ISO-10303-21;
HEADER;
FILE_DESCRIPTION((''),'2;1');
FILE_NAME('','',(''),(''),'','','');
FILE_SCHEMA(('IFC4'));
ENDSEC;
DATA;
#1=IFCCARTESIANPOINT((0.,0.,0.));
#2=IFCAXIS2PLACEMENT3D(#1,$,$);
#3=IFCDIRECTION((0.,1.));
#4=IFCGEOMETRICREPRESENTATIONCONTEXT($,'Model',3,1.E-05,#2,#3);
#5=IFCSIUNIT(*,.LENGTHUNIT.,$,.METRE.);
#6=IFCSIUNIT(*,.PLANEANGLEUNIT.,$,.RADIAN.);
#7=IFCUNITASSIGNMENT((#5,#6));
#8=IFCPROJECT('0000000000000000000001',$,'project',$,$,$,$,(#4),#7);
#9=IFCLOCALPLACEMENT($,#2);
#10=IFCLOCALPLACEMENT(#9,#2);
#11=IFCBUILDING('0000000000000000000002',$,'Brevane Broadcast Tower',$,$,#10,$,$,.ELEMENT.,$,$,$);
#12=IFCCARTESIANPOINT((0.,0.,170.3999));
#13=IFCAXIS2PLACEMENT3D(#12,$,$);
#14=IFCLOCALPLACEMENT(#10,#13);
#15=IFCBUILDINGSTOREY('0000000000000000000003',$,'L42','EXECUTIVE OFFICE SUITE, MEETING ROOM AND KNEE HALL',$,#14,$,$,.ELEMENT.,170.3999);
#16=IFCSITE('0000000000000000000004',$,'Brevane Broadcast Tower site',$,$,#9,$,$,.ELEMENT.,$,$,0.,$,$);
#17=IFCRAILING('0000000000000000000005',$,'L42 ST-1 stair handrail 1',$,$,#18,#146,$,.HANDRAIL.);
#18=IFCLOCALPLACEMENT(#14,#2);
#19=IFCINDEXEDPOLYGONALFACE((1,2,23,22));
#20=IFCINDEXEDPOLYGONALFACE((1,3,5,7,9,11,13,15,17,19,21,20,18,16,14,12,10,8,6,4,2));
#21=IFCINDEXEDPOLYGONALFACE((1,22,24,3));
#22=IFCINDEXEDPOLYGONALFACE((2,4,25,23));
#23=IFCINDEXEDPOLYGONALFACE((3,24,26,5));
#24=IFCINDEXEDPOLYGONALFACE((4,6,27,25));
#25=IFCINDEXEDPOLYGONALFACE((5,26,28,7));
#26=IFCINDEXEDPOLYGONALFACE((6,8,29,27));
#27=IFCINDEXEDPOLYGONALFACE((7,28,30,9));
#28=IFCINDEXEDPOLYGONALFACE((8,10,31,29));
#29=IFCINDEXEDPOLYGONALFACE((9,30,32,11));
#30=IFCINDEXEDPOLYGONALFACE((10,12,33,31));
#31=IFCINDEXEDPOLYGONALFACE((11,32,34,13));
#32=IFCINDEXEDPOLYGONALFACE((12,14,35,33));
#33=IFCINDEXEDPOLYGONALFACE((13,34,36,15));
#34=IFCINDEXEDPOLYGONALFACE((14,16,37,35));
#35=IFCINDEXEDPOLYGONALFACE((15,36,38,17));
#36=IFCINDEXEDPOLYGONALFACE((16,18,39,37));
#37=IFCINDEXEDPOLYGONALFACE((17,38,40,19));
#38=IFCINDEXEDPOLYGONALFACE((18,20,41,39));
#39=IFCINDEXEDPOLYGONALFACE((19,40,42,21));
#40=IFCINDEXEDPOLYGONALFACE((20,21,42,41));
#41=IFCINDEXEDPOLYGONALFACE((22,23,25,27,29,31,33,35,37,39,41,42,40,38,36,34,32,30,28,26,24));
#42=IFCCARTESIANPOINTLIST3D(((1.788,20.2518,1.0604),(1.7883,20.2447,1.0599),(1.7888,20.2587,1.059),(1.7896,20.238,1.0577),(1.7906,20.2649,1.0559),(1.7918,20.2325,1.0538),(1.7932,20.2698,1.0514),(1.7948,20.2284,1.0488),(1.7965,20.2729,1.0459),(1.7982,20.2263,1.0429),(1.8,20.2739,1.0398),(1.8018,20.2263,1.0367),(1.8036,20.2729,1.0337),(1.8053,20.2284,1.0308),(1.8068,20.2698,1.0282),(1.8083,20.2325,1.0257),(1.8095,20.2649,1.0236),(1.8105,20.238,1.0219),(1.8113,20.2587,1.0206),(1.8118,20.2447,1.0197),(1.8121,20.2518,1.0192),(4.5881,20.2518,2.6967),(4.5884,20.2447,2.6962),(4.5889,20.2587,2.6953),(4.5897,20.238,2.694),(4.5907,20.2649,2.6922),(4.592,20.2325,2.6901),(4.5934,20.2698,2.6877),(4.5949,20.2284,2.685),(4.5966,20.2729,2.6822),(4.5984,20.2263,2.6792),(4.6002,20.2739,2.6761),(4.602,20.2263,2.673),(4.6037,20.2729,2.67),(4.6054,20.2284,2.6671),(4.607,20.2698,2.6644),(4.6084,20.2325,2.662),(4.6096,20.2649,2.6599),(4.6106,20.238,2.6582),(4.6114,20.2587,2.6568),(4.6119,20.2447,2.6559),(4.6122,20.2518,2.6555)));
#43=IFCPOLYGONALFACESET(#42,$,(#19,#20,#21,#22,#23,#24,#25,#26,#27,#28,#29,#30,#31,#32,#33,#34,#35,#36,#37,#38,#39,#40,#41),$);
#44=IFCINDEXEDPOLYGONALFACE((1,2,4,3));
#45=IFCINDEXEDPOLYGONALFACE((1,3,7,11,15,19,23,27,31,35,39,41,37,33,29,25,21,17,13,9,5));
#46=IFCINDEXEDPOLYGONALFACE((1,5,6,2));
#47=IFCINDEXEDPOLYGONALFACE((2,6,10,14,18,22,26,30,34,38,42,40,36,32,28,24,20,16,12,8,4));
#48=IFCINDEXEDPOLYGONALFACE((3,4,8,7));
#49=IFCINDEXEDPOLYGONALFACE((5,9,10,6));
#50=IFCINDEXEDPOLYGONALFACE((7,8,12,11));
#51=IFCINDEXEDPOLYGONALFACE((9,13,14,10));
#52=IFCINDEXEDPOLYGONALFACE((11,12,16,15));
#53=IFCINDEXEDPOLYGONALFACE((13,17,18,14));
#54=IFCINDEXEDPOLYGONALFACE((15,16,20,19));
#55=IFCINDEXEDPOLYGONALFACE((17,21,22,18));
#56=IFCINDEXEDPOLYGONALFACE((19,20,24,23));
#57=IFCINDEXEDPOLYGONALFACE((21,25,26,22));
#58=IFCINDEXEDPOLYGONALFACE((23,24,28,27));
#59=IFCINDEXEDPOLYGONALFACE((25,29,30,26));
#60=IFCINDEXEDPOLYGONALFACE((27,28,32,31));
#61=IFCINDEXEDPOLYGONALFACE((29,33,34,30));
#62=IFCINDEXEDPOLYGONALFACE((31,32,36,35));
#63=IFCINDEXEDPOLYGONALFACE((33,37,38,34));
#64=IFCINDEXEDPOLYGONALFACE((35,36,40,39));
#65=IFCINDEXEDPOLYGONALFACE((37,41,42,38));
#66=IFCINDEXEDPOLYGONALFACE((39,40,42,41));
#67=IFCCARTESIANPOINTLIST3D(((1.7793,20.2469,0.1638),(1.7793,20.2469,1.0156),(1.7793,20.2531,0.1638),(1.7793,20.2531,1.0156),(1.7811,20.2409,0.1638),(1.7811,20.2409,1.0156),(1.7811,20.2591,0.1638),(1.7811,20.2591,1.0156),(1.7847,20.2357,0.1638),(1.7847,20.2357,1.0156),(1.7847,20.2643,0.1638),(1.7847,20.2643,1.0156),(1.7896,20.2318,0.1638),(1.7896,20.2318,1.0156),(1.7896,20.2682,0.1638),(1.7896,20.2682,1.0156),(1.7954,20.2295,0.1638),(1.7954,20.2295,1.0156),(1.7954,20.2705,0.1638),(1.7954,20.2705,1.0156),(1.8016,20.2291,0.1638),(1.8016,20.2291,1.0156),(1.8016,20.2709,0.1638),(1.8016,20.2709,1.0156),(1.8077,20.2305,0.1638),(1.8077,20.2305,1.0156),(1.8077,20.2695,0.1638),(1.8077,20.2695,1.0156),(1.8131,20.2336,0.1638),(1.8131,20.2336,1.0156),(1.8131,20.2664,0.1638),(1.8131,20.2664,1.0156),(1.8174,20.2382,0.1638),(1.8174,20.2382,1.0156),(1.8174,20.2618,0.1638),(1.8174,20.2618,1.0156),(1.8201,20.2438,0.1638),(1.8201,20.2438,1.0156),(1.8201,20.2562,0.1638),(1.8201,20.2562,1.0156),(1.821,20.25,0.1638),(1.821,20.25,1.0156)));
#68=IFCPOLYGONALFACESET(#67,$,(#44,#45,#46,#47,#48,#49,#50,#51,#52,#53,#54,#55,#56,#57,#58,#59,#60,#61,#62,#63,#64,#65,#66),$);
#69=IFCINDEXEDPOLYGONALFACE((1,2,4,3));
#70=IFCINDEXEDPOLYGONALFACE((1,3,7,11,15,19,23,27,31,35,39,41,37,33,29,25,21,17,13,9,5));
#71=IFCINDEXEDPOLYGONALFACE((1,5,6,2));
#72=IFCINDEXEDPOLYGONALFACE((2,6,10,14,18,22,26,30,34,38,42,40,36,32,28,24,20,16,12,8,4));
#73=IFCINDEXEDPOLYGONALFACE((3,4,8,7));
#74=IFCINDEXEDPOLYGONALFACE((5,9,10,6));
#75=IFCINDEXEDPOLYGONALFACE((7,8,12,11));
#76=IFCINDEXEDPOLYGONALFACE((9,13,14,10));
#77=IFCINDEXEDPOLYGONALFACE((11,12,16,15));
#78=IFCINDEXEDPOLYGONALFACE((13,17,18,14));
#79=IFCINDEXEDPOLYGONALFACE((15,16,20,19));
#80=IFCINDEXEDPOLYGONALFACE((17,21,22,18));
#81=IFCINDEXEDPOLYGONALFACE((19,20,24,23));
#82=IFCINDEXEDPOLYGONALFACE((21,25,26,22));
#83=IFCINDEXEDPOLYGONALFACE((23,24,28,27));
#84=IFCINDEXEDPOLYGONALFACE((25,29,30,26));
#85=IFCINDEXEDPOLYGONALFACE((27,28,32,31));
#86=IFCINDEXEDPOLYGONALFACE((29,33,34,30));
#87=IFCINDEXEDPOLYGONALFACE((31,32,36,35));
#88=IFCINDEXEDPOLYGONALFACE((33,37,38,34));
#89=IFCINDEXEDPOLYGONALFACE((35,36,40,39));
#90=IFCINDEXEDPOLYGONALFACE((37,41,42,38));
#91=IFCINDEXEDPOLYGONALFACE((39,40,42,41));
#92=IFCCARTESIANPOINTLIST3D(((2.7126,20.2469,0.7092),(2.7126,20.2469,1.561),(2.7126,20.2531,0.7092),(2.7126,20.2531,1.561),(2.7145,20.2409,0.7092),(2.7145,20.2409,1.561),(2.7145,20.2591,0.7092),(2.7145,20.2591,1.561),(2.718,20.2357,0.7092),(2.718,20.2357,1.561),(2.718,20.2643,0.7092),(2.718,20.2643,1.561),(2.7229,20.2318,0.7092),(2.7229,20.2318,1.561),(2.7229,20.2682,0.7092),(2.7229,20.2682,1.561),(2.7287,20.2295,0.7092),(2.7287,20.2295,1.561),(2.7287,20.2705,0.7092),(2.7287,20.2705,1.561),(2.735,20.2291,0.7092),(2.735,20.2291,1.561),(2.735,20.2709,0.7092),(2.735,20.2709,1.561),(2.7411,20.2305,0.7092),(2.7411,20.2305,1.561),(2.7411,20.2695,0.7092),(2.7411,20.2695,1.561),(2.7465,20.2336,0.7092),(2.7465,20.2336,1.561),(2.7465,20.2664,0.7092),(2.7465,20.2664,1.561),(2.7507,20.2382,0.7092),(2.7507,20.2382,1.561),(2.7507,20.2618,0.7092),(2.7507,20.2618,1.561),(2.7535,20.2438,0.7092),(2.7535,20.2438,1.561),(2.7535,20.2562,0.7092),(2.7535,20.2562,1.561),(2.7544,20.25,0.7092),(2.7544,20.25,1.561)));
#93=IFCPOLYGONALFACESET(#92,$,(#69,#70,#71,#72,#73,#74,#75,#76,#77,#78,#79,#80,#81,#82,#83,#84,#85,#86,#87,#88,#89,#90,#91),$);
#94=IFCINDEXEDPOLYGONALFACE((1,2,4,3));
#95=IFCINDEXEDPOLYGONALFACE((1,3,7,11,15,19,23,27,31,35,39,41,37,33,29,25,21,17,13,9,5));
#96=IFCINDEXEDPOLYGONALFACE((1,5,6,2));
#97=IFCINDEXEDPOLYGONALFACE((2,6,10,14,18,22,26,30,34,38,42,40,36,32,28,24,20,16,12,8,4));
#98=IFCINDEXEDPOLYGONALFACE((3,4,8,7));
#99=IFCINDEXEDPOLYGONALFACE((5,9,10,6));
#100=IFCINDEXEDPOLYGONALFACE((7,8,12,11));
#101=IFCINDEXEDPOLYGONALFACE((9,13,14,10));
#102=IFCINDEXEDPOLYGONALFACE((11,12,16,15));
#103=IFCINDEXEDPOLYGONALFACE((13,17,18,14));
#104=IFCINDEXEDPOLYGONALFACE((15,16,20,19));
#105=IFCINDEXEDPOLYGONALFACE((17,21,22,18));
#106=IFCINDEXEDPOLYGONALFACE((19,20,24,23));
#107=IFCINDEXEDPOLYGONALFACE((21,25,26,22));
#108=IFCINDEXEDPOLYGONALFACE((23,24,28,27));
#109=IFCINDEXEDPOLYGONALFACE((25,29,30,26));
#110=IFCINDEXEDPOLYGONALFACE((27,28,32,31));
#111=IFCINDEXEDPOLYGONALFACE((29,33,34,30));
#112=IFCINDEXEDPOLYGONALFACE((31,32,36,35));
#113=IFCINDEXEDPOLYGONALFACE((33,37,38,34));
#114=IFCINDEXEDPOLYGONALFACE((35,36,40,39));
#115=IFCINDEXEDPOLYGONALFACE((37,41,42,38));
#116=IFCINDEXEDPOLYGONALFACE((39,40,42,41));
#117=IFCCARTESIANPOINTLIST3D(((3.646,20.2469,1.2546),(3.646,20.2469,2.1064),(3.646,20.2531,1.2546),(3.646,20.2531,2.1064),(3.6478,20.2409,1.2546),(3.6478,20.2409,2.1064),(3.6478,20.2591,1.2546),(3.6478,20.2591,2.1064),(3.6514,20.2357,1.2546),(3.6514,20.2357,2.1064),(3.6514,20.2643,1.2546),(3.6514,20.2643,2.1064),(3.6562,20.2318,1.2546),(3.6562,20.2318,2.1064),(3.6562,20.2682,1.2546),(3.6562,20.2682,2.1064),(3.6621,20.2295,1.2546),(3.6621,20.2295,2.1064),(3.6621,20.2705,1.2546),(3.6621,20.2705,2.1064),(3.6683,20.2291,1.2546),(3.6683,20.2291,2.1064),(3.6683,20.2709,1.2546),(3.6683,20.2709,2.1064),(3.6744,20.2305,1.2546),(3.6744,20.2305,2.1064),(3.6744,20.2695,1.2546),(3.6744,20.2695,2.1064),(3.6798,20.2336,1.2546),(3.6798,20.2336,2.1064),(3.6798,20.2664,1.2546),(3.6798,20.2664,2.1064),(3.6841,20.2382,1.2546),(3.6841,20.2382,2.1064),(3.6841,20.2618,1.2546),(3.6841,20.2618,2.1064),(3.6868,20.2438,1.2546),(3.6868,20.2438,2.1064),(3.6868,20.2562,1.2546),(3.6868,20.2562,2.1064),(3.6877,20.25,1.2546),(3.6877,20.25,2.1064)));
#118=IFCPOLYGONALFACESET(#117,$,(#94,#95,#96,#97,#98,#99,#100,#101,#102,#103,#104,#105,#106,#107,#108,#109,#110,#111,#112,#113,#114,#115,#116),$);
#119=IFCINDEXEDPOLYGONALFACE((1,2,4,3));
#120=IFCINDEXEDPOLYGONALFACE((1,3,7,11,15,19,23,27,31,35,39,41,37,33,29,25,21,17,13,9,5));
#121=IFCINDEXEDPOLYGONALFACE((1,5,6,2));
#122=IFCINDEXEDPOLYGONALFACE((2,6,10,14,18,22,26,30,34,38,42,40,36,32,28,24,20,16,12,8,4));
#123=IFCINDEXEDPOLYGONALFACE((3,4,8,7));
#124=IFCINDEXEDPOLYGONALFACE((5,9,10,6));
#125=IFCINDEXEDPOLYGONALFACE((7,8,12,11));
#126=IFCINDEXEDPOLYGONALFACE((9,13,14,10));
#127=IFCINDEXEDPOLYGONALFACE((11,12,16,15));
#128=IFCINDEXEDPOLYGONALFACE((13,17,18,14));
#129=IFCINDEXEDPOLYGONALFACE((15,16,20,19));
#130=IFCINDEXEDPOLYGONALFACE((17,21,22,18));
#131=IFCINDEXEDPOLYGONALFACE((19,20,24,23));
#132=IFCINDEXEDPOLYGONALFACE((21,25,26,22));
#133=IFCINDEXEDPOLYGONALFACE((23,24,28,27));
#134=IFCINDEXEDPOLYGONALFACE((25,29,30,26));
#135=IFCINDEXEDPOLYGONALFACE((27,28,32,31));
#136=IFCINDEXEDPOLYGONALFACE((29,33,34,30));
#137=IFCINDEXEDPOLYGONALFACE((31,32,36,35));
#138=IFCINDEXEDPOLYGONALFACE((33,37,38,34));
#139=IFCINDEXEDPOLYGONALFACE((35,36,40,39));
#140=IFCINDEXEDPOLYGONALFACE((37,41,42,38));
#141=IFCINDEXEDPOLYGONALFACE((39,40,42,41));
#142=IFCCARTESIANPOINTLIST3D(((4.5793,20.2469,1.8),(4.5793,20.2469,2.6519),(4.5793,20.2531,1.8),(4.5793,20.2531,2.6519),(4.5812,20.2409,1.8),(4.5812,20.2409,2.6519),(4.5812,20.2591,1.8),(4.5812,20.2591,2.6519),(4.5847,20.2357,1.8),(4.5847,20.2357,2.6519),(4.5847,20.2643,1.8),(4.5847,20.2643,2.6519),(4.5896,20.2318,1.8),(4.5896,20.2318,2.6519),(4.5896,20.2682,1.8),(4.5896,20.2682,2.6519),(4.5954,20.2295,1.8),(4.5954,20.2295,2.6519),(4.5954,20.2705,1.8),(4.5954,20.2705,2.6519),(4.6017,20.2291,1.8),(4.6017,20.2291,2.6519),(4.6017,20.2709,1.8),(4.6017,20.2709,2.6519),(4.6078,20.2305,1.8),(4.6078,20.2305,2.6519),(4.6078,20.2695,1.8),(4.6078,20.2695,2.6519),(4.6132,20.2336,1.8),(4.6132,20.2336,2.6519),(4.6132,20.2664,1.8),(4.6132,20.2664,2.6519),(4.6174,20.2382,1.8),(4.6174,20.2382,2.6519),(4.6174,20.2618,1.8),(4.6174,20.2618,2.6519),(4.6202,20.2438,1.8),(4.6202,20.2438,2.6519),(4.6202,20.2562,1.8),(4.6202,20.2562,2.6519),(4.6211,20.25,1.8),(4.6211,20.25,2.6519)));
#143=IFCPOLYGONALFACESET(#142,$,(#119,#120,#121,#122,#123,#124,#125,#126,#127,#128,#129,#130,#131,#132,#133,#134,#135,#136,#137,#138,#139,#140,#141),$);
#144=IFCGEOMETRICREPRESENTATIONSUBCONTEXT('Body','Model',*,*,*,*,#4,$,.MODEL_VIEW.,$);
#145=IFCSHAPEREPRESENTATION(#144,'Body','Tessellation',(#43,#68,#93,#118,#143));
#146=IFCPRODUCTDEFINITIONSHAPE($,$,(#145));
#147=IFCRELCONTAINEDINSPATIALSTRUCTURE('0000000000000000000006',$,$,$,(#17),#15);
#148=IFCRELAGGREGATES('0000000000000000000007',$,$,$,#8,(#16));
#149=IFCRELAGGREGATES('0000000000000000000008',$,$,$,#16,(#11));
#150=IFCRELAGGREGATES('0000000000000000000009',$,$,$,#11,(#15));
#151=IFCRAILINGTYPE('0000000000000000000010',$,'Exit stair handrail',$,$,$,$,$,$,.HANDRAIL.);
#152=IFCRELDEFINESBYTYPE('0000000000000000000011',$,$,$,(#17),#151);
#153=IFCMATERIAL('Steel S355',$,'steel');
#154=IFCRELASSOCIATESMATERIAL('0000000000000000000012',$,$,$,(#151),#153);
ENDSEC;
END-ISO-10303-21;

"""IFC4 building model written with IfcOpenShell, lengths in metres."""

from ifc_helpers import new_model, si_unit, direction, frame, origin, origin_2d, place, context, subcontext, project, spatial, circle, extrude, material, type_object, element, save


model = new_model("IFC4")

# Units and contexts
model_context = context("Model", 3, precision=1e-05, world=origin(), true_north=direction((0.0, 1.0)))
body_context = subcontext(model_context, "Body", "Model", "MODEL_VIEW")
ifc_project = project(units=[si_unit("LENGTHUNIT", "METRE"), si_unit("PLANEANGLEUNIT", "RADIAN")], contexts=[model_context])

# Site, building, storey
site_placement = place(None, origin())
site = spatial("IfcSite", under=ifc_project, at=site_placement, Name="Brevane Broadcast Tower site", CompositionType="ELEMENT", RefElevation=0.0)
building_placement = place(site_placement, origin())
building = spatial("IfcBuilding", under=site, at=building_placement, Name="Brevane Broadcast Tower", CompositionType="ELEMENT")
storey_placement = place(building_placement, frame((0.0, 0.0, 170.3999)))
storey = spatial("IfcBuildingStorey", under=building, at=storey_placement, Name="L42", Description="EXECUTIVE OFFICE SUITE, MEETING ROOM AND KNEE HALL", CompositionType="ELEMENT", Elevation=170.3999)

# Railing
ifc_material_1 = material(Name="Steel S355", Category="steel")
railing_type_1 = type_object("IfcRailingType", Name="Exit stair handrail", PredefinedType="HANDRAIL", material=ifc_material_1)
railing_1_placement = place(storey_placement, frame((1.8, 20.25, 0.1638)))
element("IfcRailing", 1, at=railing_1_placement, inside=storey, type_object=railing_type_1, Name="L42 ST-1 stair handrail 1", PredefinedType="HANDRAIL", context=body_context, shape_type="SweptSolid", body=[
    extrude(circle(Radius=0.0239, at=origin_2d()), frame((0.0, 0.0, 0.876), z_axis=(0.863394, 0.0, 0.504531), x_axis=(0.0, 1.0, 0.0)), (0.0, 0.0, 1.0), 3.2432),
    extrude(circle(Radius=0.021, at=origin_2d()), origin(), (0.0, 0.0, 1.0), 0.8518),
    extrude(circle(Radius=0.021, at=origin_2d()), frame((0.9333, 0.0, 0.5454)), (0.0, 0.0, 1.0), 0.8518),
    extrude(circle(Radius=0.021, at=origin_2d()), frame((1.8667, 0.0, 1.0908)), (0.0, 0.0, 1.0), 0.8518),
    extrude(circle(Radius=0.021, at=origin_2d()), frame((2.8, 0.0, 1.6362)), (0.0, 0.0, 1.0), 0.8518),
])

save(model, "model.ifc")
